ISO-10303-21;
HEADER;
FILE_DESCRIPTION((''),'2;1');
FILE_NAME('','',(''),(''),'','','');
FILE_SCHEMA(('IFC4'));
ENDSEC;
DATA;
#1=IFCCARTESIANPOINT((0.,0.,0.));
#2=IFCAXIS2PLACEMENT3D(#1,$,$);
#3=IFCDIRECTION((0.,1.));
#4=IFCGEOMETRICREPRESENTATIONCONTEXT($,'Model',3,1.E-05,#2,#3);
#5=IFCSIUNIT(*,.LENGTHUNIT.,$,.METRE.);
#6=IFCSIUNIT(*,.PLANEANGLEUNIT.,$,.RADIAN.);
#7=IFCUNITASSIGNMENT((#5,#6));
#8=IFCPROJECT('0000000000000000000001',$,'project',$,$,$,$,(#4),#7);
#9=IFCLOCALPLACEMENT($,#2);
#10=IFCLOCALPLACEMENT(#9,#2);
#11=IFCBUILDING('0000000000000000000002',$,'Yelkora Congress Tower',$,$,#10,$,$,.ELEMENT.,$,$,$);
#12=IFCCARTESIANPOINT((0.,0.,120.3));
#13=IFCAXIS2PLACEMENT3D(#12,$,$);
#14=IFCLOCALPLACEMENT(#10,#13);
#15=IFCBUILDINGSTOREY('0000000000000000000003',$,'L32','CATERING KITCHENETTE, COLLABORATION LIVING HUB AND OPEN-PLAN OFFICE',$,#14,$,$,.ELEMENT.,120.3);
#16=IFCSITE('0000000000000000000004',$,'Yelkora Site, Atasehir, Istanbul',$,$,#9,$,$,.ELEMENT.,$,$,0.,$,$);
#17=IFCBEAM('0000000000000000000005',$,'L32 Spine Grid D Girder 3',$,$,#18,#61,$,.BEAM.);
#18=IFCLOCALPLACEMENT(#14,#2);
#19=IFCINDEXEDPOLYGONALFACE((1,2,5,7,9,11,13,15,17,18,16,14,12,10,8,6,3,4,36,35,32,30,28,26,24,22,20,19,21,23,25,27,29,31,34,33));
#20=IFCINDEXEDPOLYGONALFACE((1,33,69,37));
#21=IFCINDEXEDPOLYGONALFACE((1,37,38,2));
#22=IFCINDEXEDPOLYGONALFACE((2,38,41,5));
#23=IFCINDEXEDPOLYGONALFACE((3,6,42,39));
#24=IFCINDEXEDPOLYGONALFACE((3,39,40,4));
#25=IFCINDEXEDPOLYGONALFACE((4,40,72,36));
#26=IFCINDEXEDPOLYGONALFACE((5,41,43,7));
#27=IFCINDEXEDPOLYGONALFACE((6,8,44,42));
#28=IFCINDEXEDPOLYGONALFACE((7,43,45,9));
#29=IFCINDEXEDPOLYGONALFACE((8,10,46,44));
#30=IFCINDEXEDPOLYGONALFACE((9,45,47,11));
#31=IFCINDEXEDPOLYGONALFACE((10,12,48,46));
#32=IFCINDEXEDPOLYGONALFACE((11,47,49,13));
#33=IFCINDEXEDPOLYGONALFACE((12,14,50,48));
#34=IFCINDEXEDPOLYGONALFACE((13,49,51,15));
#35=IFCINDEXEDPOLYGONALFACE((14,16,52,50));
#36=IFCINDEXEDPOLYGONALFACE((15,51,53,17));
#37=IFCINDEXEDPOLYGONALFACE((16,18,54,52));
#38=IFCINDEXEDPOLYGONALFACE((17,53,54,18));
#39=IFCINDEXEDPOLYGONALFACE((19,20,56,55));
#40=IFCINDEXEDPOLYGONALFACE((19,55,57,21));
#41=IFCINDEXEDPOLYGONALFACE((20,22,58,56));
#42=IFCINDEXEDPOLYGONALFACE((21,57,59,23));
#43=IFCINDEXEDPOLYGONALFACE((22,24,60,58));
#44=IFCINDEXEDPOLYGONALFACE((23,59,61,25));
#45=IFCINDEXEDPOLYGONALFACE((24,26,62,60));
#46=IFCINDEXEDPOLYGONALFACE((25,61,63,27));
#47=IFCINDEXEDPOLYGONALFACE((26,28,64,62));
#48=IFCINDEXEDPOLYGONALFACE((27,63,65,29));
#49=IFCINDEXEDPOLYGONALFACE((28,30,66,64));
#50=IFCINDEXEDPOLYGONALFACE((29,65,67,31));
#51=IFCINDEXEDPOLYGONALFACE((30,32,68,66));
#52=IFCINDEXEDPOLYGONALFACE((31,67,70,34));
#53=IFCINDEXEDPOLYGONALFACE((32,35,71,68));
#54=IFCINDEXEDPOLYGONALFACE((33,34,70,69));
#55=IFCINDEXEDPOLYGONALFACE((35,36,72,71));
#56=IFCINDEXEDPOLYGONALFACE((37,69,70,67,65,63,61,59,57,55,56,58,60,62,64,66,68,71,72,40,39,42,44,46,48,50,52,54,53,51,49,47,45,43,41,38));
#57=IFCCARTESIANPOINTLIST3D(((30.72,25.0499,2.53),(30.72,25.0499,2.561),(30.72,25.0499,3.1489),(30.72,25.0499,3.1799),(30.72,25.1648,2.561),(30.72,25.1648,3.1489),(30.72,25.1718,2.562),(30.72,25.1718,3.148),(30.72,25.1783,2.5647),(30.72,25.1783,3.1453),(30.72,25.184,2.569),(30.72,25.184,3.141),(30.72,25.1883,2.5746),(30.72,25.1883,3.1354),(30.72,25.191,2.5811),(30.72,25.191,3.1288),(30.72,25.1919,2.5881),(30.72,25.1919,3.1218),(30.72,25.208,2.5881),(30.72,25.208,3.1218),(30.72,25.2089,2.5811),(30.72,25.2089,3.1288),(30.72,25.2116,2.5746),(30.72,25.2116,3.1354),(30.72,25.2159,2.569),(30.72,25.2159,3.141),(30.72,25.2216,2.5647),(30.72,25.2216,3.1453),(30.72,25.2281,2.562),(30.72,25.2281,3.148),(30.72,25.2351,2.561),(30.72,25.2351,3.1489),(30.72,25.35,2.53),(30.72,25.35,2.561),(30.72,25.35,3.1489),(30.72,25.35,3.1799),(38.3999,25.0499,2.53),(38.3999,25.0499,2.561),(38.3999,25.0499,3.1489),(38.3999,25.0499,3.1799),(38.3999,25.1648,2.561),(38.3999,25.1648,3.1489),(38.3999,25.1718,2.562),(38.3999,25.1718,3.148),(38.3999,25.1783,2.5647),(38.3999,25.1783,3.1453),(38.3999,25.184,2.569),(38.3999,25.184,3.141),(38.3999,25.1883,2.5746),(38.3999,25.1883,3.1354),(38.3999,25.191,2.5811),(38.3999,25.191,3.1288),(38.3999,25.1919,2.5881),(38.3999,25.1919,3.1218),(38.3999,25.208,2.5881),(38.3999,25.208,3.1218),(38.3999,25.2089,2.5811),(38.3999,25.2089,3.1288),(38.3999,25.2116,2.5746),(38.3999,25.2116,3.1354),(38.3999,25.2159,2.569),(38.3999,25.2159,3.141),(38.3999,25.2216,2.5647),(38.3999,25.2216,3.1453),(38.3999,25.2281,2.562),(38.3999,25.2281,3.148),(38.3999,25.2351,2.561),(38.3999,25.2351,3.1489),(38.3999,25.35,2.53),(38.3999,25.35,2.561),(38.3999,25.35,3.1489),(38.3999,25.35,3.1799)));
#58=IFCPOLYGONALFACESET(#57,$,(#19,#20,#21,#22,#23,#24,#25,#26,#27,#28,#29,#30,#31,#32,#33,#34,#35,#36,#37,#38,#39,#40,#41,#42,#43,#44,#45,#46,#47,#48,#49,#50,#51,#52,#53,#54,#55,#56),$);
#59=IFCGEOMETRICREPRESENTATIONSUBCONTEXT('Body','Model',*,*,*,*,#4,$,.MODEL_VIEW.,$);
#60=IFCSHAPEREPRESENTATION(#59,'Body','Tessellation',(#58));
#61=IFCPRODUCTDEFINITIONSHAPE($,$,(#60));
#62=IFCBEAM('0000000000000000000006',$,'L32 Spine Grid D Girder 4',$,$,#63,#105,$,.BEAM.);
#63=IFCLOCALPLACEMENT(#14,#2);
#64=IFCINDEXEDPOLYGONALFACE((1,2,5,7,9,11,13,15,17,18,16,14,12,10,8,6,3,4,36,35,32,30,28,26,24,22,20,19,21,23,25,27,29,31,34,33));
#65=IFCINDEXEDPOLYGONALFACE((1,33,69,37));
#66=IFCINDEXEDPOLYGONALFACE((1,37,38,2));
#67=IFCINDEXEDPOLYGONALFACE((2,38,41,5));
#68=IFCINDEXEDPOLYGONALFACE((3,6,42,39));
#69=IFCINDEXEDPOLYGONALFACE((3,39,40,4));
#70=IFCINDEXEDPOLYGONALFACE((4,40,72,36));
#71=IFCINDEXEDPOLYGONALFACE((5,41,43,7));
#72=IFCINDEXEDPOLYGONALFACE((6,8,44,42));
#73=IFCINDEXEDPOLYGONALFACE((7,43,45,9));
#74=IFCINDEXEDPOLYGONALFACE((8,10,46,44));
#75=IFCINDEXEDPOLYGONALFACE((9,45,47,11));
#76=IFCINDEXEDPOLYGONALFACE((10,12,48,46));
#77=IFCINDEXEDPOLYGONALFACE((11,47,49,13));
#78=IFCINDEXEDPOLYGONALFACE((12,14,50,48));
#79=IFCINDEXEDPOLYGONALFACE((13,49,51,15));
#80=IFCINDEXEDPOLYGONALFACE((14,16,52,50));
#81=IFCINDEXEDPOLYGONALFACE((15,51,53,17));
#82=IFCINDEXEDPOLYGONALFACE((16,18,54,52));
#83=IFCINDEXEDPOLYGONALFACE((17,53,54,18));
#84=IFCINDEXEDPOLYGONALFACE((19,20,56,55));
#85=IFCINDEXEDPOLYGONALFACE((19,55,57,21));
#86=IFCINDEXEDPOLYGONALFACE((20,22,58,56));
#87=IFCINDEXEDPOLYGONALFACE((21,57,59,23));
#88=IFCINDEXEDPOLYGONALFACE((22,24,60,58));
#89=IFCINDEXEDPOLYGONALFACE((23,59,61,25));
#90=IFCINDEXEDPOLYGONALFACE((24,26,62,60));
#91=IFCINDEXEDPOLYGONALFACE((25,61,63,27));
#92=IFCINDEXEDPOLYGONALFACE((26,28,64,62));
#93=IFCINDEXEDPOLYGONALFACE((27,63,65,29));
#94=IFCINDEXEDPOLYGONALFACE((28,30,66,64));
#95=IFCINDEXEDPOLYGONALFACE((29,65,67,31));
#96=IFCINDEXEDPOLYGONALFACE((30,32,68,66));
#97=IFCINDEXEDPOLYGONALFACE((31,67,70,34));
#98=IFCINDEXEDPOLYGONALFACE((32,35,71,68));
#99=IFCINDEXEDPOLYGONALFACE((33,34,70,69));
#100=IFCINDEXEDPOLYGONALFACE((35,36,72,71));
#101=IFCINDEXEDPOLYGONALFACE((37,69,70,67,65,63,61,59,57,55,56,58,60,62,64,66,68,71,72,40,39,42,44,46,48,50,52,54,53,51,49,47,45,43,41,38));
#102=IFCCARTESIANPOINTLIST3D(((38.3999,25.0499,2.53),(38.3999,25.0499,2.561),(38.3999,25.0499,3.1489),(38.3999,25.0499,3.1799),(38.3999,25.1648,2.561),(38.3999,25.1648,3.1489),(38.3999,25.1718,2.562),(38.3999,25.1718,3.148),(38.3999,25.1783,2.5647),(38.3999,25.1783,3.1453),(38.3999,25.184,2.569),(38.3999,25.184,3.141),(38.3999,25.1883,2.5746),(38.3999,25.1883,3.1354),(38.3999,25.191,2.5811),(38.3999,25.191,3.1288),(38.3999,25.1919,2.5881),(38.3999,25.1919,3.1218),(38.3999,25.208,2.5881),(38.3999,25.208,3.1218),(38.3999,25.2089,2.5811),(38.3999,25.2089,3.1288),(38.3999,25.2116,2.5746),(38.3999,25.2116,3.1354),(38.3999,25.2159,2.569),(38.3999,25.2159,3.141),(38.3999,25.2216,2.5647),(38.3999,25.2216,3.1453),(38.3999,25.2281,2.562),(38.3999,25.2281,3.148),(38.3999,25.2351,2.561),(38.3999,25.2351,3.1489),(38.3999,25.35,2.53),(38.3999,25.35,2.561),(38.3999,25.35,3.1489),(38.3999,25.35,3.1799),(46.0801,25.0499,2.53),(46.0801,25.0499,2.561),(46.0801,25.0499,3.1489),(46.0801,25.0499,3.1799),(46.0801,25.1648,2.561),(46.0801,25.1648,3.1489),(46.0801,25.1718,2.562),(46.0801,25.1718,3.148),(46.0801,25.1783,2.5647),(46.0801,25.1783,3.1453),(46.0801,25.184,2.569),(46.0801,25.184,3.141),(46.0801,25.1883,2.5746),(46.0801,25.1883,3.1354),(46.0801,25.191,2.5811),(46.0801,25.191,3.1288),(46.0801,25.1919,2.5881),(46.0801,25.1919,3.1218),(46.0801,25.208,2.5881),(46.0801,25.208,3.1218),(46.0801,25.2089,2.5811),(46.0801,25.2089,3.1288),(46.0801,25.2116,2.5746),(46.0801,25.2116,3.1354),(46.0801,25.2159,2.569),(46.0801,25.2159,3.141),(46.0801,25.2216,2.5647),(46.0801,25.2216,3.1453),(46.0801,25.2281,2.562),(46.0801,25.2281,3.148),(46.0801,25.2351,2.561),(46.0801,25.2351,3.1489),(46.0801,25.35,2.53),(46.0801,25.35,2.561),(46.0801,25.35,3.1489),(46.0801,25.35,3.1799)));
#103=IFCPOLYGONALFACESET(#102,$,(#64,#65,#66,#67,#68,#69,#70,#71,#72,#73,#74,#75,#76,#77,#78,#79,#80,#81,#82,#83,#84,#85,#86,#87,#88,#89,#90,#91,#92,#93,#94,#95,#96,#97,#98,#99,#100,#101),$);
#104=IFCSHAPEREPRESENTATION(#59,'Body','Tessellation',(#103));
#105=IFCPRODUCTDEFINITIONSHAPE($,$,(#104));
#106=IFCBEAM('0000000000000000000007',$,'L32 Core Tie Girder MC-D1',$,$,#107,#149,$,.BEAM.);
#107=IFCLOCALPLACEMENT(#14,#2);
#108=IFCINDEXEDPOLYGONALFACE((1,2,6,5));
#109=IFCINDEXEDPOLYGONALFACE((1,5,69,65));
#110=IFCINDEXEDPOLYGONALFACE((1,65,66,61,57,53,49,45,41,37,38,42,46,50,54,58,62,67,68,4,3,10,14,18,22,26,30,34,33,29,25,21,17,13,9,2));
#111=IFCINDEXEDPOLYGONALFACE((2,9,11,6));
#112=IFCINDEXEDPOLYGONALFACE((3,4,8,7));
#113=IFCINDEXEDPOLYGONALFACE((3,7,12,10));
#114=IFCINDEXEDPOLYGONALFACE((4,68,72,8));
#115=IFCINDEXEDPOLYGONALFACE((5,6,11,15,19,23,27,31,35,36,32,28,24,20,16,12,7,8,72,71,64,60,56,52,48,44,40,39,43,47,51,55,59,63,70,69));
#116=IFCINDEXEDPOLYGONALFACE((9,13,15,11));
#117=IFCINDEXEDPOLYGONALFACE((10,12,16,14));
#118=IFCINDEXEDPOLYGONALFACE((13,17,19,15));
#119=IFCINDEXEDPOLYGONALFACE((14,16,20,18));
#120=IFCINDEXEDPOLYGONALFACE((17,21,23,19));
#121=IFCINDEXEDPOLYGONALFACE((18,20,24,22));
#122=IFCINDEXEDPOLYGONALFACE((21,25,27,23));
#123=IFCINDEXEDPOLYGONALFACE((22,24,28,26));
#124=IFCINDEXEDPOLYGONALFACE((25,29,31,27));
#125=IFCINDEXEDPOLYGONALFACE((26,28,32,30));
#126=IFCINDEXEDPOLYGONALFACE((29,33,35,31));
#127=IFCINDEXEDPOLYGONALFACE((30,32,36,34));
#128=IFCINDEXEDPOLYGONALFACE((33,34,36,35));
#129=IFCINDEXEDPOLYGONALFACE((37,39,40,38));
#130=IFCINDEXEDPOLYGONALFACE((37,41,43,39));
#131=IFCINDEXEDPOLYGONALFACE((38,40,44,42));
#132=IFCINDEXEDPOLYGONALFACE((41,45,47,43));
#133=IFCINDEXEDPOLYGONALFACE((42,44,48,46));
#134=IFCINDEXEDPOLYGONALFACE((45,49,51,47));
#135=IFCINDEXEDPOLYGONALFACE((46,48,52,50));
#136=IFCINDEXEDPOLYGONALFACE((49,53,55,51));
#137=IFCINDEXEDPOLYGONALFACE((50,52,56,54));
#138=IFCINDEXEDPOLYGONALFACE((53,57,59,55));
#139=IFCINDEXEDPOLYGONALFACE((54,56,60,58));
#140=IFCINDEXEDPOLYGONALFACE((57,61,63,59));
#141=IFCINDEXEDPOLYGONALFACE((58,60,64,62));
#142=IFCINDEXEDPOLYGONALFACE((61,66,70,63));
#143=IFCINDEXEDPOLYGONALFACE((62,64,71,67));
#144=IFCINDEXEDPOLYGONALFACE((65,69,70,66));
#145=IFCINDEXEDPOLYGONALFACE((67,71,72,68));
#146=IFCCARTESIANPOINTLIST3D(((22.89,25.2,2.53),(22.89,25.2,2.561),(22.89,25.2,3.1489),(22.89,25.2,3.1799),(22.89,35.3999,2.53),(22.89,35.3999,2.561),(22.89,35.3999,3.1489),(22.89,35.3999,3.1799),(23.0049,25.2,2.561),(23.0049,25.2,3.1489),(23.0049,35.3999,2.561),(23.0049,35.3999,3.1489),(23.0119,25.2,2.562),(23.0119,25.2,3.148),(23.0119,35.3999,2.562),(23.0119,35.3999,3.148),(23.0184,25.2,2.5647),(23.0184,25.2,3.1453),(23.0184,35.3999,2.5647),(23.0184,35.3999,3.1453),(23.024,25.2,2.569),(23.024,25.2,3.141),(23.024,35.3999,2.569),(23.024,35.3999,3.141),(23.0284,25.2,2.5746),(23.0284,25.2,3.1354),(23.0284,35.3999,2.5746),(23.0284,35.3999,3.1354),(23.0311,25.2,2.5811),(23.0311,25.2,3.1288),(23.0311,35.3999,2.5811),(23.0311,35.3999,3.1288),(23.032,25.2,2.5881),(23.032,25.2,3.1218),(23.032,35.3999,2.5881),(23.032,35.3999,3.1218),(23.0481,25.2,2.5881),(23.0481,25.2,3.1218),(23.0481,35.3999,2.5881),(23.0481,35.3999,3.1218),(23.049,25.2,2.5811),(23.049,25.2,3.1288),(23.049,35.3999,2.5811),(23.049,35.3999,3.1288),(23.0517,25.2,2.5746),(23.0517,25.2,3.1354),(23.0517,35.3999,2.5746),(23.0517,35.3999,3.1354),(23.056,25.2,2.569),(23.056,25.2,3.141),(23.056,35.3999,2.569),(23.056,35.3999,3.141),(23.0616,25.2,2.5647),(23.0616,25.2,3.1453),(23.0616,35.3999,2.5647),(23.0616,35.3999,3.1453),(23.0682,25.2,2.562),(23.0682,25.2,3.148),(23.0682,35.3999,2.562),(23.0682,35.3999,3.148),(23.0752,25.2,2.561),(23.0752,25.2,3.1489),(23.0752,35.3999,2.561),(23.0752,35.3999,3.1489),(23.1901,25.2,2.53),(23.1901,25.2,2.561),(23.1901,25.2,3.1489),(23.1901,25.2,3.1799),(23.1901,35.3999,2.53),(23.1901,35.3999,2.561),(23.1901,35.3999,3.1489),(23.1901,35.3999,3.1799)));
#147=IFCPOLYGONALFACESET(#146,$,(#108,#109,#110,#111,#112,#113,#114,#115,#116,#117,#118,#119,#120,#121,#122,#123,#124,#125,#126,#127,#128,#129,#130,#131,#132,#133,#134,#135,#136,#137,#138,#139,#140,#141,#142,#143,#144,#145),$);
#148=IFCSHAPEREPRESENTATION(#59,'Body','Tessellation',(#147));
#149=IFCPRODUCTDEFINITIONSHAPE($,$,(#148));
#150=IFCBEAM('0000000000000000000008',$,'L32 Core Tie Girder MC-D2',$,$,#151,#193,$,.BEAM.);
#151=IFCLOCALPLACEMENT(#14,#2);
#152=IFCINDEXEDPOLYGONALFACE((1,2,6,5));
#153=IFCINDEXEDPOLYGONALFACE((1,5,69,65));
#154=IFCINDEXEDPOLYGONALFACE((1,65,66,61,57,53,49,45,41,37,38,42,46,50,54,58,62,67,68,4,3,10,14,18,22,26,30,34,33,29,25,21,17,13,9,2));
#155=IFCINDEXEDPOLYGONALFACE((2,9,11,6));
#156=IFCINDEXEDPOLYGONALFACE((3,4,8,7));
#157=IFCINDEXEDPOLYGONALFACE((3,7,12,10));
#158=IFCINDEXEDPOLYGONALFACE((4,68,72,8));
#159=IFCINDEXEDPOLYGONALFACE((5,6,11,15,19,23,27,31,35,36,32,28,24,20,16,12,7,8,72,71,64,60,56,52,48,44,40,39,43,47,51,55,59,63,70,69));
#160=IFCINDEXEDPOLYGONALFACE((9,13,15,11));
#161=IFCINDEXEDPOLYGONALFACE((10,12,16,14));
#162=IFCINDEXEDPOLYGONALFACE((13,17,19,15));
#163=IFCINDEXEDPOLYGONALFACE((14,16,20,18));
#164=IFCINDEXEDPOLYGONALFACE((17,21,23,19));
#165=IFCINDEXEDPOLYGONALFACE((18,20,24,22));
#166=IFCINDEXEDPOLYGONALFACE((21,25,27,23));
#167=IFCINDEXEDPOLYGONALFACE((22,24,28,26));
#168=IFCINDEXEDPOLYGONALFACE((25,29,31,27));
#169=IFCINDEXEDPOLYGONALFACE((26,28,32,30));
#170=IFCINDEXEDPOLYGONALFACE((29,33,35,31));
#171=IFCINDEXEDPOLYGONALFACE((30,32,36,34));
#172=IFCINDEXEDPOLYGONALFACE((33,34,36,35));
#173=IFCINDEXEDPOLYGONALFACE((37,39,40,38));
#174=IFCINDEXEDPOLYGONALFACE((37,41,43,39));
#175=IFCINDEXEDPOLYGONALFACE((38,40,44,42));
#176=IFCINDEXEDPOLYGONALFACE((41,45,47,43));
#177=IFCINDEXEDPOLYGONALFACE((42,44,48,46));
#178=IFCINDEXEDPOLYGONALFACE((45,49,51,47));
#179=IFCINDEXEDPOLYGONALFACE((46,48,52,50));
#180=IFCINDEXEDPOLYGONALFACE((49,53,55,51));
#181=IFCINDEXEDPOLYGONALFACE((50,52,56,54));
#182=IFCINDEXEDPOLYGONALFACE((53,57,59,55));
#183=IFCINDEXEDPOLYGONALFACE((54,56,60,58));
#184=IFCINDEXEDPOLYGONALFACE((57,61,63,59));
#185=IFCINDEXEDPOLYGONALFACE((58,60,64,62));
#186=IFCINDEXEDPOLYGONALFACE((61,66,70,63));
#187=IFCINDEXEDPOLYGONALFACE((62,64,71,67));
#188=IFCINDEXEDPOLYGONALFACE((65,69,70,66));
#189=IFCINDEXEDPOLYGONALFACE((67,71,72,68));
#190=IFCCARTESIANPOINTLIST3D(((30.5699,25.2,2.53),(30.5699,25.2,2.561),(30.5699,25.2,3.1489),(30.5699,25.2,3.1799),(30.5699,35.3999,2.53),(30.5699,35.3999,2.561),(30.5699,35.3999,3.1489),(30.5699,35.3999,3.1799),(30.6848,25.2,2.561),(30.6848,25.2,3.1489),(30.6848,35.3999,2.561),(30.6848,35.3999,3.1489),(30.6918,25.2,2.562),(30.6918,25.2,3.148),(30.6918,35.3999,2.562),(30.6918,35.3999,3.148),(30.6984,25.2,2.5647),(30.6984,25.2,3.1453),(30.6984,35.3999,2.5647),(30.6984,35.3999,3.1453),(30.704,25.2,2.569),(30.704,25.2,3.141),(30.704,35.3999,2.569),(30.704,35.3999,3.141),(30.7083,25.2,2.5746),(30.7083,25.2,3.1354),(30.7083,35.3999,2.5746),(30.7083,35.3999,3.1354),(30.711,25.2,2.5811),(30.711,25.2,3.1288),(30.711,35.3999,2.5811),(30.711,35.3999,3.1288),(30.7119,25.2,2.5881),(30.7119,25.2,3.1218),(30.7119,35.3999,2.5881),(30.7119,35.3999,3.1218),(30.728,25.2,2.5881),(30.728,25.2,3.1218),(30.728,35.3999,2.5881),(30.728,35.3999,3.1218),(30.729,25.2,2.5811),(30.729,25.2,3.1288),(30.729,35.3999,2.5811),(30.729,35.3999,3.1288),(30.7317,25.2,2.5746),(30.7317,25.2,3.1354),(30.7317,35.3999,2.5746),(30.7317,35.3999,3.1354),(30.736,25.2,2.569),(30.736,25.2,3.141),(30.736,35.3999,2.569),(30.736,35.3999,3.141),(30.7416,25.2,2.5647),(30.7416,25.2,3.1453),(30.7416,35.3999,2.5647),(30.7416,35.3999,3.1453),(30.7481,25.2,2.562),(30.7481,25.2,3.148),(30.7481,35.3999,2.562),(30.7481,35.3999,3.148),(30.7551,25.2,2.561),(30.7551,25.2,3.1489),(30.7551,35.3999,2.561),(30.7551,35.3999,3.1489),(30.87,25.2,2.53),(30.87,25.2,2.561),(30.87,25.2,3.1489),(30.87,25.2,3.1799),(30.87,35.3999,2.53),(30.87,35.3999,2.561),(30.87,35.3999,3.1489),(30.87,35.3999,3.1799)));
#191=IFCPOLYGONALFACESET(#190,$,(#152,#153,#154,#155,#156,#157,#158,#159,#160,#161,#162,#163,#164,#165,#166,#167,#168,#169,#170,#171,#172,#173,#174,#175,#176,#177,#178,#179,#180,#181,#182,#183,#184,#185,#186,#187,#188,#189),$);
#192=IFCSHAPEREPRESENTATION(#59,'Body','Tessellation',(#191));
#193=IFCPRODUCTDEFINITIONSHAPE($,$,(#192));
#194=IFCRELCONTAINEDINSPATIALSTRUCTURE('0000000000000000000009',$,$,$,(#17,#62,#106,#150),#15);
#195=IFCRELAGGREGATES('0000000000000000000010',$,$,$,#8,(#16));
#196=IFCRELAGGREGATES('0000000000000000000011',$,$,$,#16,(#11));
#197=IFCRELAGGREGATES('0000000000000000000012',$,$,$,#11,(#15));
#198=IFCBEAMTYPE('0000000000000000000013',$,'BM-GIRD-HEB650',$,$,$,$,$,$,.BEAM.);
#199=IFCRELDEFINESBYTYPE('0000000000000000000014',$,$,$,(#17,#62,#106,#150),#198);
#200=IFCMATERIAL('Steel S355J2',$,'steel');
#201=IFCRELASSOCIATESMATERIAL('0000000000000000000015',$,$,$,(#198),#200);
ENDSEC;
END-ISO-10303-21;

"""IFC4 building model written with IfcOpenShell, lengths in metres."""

from ifc_helpers import new_model, si_unit, direction, frame, origin, origin_2d, place, context, subcontext, project, spatial, i_section, extrude, material, material_profile, profile_set, type_object, element, save


model = new_model("IFC4")

# Units and contexts
model_context = context("Model", 3, precision=1e-05, world=origin(), true_north=direction((0.0, 1.0)))
body_context = subcontext(model_context, "Body", "Model", "MODEL_VIEW")
ifc_project = project(units=[si_unit("LENGTHUNIT", "METRE"), si_unit("PLANEANGLEUNIT", "RADIAN")], contexts=[model_context])

# Site, building, storey
site_placement = place(None, origin())
site = spatial("IfcSite", under=ifc_project, at=site_placement, Name="Yelkora Site, Atasehir, Istanbul", CompositionType="ELEMENT", RefElevation=0.0)
building_placement = place(site_placement, origin())
building = spatial("IfcBuilding", under=site, at=building_placement, Name="Yelkora Congress Tower", CompositionType="ELEMENT")
storey_placement = place(building_placement, frame((0.0, 0.0, 120.3)))
storey = spatial("IfcBuildingStorey", under=building, at=storey_placement, Name="L32", Description="CATERING KITCHENETTE, COLLABORATION LIVING HUB AND OPEN-PLAN OFFICE", CompositionType="ELEMENT", Elevation=120.3)

# Beams
ifc_material_1 = material(Name="Steel S355J2", Category="steel")
ifc_material_profile_1 = material_profile(ifc_material_1, i_section(OverallWidth=0.3, OverallDepth=0.6499, WebThickness=0.0161, FlangeThickness=0.031, FilletRadius=0.0271, at=origin_2d()), Name="HEB 650")
ifc_profile_set_1 = profile_set([ifc_material_profile_1], Name="Steel S355J2")
beam_type_1 = type_object("IfcBeamType", Name="BM-GIRD-HEB650", PredefinedType="BEAM", material=ifc_profile_set_1)
for number, where, z_axis, x_axis, name in (
    (1, (30.72, 25.2, 2.855), (1.0, 0.0, 0.0), (0.0, 1.0, 0.0), "L32 Spine Grid D Girder 3"),
):
    element("IfcBeam", number, at=place(storey_placement, frame(where, z_axis=z_axis, x_axis=x_axis)), inside=storey, type_object=beam_type_1, Name=name, PredefinedType="BEAM", context=body_context, shape_type="SweptSolid", body=[
        extrude(i_section(OverallWidth=0.3, OverallDepth=0.6499, WebThickness=0.0161, FlangeThickness=0.031, FilletRadius=0.0271, at=origin_2d()), origin(), (0.0, 0.0, 1.0), 7.6799),
    ])
beam_1_placement = place(storey_placement, frame((38.3999, 25.2, 2.855), z_axis=(1.0, 0.0, 0.0), x_axis=(0.0, 1.0, 0.0)))
element("IfcBeam", 2, at=beam_1_placement, inside=storey, type_object=beam_type_1, Name="L32 Spine Grid D Girder 4", PredefinedType="BEAM", context=body_context, shape_type="SweptSolid", body=[
    extrude(i_section(OverallWidth=0.3, OverallDepth=0.6499, WebThickness=0.0161, FlangeThickness=0.031, FilletRadius=0.0271, at=origin_2d()), origin(), (0.0, 0.0, 1.0), 7.6802),
])
for number, where, z_axis, x_axis, name in (
    (3, (23.04, 25.2, 2.855), (0.0, 1.0, 0.0), (-1.0, 0.0, 0.0), "L32 Core Tie Girder MC-D1"),
    (4, (30.72, 25.2, 2.855), (0.0, 1.0, 0.0), (-1.0, 0.0, 0.0), "L32 Core Tie Girder MC-D2"),
):
    element("IfcBeam", number, at=place(storey_placement, frame(where, z_axis=z_axis, x_axis=x_axis)), inside=storey, type_object=beam_type_1, Name=name, PredefinedType="BEAM", context=body_context, shape_type="SweptSolid", body=[
        extrude(i_section(OverallWidth=0.3, OverallDepth=0.6499, WebThickness=0.0161, FlangeThickness=0.031, FilletRadius=0.0271, at=origin_2d()), origin(), (0.0, 0.0, 1.0), 10.2),
    ])

save(model, "model.ifc")
